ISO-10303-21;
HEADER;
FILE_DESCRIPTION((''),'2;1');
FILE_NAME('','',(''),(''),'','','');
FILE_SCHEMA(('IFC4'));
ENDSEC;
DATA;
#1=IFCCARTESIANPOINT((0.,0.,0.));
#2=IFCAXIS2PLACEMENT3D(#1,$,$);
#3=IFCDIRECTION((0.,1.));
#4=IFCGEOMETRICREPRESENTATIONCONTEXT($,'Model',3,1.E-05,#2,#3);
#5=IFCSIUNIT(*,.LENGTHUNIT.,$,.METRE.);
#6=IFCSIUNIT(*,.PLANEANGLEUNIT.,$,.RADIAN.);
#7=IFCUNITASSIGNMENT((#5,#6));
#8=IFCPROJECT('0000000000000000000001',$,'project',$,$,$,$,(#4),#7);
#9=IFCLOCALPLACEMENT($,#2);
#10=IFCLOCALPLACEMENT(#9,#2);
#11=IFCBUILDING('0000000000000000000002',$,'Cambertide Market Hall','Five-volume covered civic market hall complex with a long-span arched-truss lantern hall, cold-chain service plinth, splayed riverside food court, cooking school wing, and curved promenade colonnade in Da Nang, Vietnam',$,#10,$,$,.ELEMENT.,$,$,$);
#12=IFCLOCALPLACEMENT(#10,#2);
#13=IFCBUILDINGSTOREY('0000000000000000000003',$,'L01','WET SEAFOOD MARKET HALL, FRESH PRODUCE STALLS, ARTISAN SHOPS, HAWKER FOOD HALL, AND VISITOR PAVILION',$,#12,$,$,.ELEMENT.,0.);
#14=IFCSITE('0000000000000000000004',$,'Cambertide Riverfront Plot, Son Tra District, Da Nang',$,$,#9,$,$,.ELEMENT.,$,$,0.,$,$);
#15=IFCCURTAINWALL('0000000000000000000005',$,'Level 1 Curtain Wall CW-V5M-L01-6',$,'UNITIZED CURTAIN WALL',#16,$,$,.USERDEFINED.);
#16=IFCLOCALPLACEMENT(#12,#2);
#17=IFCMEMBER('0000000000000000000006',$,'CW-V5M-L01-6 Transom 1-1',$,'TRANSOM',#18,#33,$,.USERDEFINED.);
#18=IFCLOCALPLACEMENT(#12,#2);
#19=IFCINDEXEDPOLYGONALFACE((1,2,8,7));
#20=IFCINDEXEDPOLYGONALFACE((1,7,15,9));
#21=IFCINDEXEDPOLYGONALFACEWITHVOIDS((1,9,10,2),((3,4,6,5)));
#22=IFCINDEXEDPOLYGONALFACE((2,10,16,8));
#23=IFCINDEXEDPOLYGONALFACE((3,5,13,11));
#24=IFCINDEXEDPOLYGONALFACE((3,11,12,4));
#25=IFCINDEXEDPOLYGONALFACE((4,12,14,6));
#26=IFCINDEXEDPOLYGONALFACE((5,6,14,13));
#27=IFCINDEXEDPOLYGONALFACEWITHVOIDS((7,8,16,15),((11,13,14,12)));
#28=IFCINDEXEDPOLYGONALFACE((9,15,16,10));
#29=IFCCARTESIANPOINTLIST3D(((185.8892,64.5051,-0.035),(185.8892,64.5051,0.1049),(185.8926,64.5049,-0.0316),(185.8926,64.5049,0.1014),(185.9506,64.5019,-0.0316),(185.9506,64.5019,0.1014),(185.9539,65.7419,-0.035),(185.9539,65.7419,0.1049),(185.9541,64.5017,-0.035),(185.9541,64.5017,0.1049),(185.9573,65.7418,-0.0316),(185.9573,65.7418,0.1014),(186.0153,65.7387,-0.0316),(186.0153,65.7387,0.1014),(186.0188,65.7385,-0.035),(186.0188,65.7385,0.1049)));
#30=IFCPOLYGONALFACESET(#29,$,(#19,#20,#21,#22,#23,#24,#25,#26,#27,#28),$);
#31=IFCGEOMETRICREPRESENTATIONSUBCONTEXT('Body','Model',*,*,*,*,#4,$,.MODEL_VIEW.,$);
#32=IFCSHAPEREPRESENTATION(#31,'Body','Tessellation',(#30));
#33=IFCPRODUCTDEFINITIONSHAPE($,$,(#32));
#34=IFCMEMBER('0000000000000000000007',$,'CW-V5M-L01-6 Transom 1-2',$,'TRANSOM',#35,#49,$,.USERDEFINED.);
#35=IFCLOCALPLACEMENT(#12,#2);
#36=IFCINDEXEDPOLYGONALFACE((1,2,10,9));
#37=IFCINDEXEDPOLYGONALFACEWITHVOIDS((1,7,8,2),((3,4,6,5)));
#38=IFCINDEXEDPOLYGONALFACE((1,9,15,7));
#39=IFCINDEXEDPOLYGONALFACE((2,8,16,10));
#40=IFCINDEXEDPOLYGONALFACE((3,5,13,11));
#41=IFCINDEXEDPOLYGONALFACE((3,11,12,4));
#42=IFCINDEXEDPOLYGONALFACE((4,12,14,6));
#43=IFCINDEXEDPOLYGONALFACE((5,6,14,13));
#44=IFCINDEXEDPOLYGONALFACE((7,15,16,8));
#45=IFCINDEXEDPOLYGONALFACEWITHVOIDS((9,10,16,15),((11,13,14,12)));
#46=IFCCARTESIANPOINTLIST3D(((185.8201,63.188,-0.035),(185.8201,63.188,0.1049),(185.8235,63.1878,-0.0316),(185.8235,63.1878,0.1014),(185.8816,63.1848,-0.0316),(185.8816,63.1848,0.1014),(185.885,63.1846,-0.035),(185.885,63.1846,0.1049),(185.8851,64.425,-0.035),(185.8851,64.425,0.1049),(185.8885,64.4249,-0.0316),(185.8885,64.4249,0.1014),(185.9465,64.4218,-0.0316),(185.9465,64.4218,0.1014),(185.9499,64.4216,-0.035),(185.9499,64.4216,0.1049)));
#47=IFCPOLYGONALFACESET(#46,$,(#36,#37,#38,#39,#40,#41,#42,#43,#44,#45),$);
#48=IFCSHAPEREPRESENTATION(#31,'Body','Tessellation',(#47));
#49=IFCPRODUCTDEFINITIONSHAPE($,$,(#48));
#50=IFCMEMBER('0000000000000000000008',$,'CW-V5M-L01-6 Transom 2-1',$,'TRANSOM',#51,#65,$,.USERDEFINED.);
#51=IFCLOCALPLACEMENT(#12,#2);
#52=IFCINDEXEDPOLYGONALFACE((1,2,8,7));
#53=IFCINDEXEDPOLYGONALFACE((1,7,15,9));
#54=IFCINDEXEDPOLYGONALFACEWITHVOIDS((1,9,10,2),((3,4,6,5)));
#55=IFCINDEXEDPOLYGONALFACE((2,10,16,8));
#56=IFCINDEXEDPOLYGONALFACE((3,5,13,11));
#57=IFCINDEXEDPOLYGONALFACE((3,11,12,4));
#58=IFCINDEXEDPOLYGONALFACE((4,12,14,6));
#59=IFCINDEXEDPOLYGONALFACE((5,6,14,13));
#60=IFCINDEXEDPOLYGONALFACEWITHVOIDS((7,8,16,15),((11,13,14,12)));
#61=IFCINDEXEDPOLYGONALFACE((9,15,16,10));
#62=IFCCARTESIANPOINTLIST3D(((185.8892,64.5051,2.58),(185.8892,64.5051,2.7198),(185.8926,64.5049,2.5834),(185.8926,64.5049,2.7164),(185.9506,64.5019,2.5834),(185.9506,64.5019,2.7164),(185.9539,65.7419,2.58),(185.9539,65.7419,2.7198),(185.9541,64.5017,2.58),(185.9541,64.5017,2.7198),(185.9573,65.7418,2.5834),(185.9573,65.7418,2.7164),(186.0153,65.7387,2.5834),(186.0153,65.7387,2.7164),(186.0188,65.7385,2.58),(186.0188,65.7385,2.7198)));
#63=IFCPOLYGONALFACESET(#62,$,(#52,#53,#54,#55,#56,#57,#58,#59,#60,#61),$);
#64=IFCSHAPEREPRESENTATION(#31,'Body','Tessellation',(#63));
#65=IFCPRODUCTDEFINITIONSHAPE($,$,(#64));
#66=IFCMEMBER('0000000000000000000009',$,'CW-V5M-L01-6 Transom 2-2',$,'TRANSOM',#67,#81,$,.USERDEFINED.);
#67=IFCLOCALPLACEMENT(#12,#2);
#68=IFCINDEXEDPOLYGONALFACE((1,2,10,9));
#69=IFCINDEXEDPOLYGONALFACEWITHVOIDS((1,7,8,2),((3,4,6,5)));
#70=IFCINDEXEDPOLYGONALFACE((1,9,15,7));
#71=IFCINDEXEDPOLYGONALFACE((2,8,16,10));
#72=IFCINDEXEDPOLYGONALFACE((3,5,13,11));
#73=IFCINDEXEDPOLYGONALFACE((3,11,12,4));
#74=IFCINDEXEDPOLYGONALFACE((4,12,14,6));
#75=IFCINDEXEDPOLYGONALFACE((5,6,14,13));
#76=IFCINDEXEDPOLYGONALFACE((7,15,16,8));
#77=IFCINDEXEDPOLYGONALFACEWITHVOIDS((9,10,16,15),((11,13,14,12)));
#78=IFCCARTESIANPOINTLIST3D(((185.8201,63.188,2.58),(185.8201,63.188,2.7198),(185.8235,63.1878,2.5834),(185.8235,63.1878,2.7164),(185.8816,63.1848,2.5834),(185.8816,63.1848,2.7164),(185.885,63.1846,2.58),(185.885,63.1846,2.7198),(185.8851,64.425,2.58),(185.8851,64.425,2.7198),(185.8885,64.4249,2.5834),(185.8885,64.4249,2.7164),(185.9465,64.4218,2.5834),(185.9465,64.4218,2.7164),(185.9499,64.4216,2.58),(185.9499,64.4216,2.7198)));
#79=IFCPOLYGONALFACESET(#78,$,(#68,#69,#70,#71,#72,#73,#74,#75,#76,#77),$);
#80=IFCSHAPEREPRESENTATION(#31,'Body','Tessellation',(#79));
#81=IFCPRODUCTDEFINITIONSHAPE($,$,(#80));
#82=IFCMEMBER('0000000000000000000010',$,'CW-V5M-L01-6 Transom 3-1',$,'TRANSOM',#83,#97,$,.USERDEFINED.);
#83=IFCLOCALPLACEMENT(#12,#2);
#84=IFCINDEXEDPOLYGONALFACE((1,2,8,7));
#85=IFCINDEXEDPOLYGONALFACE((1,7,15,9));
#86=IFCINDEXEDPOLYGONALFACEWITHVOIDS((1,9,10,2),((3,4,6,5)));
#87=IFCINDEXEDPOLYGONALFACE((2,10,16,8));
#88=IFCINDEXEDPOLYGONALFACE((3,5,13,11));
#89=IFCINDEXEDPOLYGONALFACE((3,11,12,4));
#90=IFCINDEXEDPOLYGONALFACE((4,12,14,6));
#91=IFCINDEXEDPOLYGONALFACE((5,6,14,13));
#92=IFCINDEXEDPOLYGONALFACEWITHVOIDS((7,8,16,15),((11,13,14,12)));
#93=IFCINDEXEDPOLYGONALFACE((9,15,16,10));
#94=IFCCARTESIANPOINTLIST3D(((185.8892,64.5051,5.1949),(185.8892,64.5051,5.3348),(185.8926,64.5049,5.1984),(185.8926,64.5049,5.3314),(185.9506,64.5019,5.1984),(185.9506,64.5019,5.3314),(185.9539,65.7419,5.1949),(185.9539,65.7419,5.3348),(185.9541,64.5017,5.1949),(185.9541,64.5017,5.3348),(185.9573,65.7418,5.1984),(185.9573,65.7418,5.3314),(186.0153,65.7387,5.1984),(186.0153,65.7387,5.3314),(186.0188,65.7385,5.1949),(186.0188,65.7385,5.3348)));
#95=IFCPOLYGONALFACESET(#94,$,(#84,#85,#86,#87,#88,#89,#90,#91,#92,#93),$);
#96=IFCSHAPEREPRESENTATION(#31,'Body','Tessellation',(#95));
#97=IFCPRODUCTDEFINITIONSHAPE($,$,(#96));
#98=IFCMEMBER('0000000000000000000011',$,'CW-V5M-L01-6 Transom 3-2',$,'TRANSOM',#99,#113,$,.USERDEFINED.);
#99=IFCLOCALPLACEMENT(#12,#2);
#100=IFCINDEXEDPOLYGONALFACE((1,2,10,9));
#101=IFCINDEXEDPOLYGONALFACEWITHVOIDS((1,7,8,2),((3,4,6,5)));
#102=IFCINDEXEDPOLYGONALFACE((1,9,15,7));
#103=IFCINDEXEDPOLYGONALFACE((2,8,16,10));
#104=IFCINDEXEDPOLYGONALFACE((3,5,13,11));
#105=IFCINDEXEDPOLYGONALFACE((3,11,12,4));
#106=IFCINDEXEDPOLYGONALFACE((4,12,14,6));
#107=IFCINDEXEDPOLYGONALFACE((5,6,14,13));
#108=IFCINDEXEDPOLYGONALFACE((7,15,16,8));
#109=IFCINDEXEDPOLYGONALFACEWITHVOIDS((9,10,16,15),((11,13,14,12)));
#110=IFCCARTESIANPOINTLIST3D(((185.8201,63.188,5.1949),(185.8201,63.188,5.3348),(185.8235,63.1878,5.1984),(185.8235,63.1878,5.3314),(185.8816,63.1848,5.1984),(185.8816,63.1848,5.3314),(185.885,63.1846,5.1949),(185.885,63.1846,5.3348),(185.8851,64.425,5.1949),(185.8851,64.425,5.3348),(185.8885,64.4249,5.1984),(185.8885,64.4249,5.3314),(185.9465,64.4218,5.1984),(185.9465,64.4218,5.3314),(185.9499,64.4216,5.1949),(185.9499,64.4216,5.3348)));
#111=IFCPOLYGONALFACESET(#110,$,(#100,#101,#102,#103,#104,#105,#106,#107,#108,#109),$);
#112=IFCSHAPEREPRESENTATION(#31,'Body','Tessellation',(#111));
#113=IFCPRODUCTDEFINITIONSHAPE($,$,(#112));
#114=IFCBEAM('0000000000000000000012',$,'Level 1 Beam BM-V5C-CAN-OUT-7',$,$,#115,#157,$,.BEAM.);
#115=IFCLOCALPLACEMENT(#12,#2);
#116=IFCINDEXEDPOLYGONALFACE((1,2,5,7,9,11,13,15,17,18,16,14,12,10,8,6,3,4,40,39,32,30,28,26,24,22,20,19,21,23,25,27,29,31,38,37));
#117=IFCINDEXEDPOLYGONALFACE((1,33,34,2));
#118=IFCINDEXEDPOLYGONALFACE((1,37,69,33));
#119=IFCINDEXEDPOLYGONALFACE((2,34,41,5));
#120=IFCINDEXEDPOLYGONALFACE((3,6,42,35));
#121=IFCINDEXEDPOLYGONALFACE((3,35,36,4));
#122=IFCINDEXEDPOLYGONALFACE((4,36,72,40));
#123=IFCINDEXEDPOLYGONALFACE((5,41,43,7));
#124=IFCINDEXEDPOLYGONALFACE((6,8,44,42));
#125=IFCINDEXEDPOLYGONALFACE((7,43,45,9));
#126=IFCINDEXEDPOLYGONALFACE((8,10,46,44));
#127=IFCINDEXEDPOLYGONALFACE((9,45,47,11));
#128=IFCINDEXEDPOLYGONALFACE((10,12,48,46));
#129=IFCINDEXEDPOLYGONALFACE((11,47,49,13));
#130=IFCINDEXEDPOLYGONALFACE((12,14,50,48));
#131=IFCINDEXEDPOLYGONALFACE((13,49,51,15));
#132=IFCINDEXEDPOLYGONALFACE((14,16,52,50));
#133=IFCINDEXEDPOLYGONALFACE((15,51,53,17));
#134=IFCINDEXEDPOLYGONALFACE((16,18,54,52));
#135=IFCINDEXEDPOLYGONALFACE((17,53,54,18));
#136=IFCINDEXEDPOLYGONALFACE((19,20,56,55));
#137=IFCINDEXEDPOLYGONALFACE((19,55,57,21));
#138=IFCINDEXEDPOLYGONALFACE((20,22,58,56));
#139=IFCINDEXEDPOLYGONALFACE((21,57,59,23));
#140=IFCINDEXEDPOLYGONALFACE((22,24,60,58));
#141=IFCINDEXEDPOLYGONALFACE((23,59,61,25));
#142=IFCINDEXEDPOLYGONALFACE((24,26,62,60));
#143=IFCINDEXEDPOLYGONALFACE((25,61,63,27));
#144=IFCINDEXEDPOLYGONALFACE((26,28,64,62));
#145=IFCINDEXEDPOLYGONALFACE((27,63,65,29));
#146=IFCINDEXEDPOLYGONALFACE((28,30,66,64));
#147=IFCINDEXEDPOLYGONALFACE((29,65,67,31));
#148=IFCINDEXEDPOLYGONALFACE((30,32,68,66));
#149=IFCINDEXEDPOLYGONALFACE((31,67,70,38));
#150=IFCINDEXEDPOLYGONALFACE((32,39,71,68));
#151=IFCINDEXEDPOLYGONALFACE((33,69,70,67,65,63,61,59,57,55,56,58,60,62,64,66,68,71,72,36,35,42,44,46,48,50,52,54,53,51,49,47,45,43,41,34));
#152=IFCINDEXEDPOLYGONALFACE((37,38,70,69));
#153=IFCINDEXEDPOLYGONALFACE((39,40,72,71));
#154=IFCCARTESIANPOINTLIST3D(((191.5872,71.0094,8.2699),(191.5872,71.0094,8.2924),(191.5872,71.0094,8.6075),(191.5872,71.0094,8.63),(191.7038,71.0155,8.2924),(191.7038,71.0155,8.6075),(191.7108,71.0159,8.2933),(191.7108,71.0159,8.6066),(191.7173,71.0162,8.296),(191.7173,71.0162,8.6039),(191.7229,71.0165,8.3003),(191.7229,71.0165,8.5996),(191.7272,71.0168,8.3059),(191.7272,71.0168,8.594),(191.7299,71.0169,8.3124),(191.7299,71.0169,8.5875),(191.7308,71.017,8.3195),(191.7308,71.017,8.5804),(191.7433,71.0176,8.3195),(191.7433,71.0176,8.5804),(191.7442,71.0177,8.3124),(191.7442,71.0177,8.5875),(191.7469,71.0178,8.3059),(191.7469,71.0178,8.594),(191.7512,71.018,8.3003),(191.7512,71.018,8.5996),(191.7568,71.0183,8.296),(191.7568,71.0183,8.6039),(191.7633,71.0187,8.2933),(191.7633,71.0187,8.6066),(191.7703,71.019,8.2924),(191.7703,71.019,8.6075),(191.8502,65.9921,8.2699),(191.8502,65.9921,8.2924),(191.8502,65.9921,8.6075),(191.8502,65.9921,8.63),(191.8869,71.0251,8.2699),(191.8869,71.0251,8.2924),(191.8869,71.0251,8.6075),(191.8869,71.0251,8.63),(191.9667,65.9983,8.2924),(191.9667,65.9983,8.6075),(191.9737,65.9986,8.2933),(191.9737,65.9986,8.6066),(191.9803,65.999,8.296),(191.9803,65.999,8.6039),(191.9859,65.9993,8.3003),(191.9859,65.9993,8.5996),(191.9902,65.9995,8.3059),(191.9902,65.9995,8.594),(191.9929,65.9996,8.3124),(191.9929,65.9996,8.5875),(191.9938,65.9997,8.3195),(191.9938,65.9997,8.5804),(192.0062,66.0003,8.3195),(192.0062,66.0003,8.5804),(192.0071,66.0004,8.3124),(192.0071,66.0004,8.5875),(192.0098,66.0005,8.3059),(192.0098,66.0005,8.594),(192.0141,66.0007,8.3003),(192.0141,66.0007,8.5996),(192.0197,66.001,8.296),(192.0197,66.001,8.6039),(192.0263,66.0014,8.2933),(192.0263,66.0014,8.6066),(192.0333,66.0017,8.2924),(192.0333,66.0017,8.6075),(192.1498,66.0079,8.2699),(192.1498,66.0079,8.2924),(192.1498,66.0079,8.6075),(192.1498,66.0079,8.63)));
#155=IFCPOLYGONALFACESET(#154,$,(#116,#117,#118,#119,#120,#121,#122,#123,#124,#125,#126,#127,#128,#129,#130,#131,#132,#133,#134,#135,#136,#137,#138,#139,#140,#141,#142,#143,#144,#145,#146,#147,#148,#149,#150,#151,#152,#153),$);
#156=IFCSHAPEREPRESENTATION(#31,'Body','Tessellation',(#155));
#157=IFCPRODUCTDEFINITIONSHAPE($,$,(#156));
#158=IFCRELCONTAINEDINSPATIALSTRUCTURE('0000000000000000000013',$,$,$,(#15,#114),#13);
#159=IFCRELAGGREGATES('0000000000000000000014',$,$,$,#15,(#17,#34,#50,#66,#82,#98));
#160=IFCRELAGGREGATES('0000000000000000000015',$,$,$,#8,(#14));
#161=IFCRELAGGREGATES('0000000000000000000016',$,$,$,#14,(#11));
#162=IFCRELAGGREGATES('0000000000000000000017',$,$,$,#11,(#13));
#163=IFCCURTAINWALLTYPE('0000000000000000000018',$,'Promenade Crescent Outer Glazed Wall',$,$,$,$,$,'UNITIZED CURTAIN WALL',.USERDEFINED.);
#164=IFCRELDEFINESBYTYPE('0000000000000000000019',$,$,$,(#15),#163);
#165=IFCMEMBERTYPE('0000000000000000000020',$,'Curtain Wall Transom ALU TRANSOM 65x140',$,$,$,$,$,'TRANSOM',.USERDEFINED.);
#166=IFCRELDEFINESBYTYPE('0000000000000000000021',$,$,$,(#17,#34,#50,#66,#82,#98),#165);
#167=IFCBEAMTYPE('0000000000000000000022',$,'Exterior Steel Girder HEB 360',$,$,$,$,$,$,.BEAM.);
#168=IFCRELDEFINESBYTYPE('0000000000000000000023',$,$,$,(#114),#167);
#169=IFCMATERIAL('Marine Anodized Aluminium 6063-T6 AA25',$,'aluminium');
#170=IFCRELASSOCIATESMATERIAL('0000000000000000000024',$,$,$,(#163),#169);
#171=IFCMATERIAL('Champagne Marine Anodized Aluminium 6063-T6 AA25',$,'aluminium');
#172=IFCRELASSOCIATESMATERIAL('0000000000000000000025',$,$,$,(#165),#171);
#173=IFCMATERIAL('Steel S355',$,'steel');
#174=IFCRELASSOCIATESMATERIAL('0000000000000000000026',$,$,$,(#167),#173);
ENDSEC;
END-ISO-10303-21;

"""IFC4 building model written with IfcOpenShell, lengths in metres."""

from ifc_helpers import new_model, si_unit, direction, frame, origin, origin_2d, place, context, subcontext, project, spatial, hollow_rectangle, i_section, extrude, material, material_profile, profile_set, type_object, element, aggregate, save


model = new_model("IFC4")

# Units and contexts
model_context = context("Model", 3, precision=1e-05, world=origin(), true_north=direction((0.0, 1.0)))
body_context = subcontext(model_context, "Body", "Model", "MODEL_VIEW")
ifc_project = project(units=[si_unit("LENGTHUNIT", "METRE"), si_unit("PLANEANGLEUNIT", "RADIAN")], contexts=[model_context])

# Site, building, storey
site_placement = place(None, origin())
site = spatial("IfcSite", under=ifc_project, at=site_placement, Name="Cambertide Riverfront Plot, Son Tra District, Da Nang", CompositionType="ELEMENT", RefElevation=0.0)
building_placement = place(site_placement, origin())
building = spatial("IfcBuilding", under=site, at=building_placement, Name="Cambertide Market Hall", Description="Five-volume covered civic market hall complex with a long-span arched-truss lantern hall, cold-chain service plinth, splayed riverside food court, cooking school wing, and curved promenade colonnade in Da Nang, Vietnam", CompositionType="ELEMENT")
storey_placement = place(building_placement, origin())
storey = spatial("IfcBuildingStorey", under=building, at=storey_placement, Name="L01", Description="WET SEAFOOD MARKET HALL, FRESH PRODUCE STALLS, ARTISAN SHOPS, HAWKER FOOD HALL, AND VISITOR PAVILION", CompositionType="ELEMENT", Elevation=0.0)

# Curtain wall, members
ifc_material_1 = material(Name="Marine Anodized Aluminium 6063-T6 AA25", Category="aluminium")
curtain_wall_type = type_object("IfcCurtainWallType", Name="Promenade Crescent Outer Glazed Wall", ElementType="UNITIZED CURTAIN WALL", PredefinedType="USERDEFINED", material=ifc_material_1)
curtain_wall_placement = place(storey_placement, origin())
curtain_wall = element("IfcCurtainWall", 1, at=curtain_wall_placement, inside=storey, type_object=curtain_wall_type, Name="Level 1 Curtain Wall CW-V5M-L01-6", ObjectType="UNITIZED CURTAIN WALL", PredefinedType="USERDEFINED")
ifc_material_2 = material(Name="Champagne Marine Anodized Aluminium 6063-T6 AA25", Category="aluminium")
ifc_material_profile_1 = material_profile(ifc_material_2, hollow_rectangle(XDim=0.0649, YDim=0.1399, WallThickness=0.0034, at=origin_2d()), Name="ALU TRANSOM 65x140")
ifc_profile_set_1 = profile_set([ifc_material_profile_1], Name="Champagne Marine Anodized Aluminium 6063-T6 AA25")
member_type_1 = type_object("IfcMemberType", Name="Curtain Wall Transom ALU TRANSOM 65x140", ElementType="TRANSOM", PredefinedType="USERDEFINED", material=ifc_profile_set_1)
member_1_placement = place(storey_placement, frame((185.9863, 65.7402, 0.0349), z_axis=(-0.052238, -0.998635, 0.0), x_axis=(0.998635, -0.052238, 0.0)))
member_1 = element("IfcMember", 2, at=member_1_placement, type_object=member_type_1, Name="CW-V5M-L01-6 Transom 1-1", ObjectType="TRANSOM", PredefinedType="USERDEFINED", context=body_context, shape_type="SweptSolid", body=[
    extrude(hollow_rectangle(XDim=0.0649, YDim=0.1399, WallThickness=0.0034, at=origin_2d()), origin(), (0.0, 0.0, 1.0), 1.2385),
])
member_2_placement = place(storey_placement, frame((185.9175, 64.4233, 0.0349), z_axis=(-0.052424, -0.998625, 0.0), x_axis=(0.998625, -0.052424, 0.0)))
member_2 = element("IfcMember", 3, at=member_2_placement, type_object=member_type_1, Name="CW-V5M-L01-6 Transom 1-2", ObjectType="TRANSOM", PredefinedType="USERDEFINED", context=body_context, shape_type="SweptSolid", body=[
    extrude(hollow_rectangle(XDim=0.0649, YDim=0.1399, WallThickness=0.0034, at=origin_2d()), origin(), (0.0, 0.0, 1.0), 1.2388),
])
member_3_placement = place(storey_placement, frame((185.9863, 65.7402, 2.6499), z_axis=(-0.052238, -0.998635, 0.0), x_axis=(0.998635, -0.052238, 0.0)))
member_3 = element("IfcMember", 4, at=member_3_placement, type_object=member_type_1, Name="CW-V5M-L01-6 Transom 2-1", ObjectType="TRANSOM", PredefinedType="USERDEFINED", context=body_context, shape_type="SweptSolid", body=[
    extrude(hollow_rectangle(XDim=0.0649, YDim=0.1399, WallThickness=0.0034, at=origin_2d()), origin(), (0.0, 0.0, 1.0), 1.2385),
])
member_4_placement = place(storey_placement, frame((185.9175, 64.4233, 2.6499), z_axis=(-0.052424, -0.998625, 0.0), x_axis=(0.998625, -0.052424, 0.0)))
member_4 = element("IfcMember", 5, at=member_4_placement, type_object=member_type_1, Name="CW-V5M-L01-6 Transom 2-2", ObjectType="TRANSOM", PredefinedType="USERDEFINED", context=body_context, shape_type="SweptSolid", body=[
    extrude(hollow_rectangle(XDim=0.0649, YDim=0.1399, WallThickness=0.0034, at=origin_2d()), origin(), (0.0, 0.0, 1.0), 1.2388),
])
member_5_placement = place(storey_placement, frame((185.9863, 65.7402, 5.2649), z_axis=(-0.052238, -0.998635, 0.0), x_axis=(0.998635, -0.052238, 0.0)))
member_5 = element("IfcMember", 6, at=member_5_placement, type_object=member_type_1, Name="CW-V5M-L01-6 Transom 3-1", ObjectType="TRANSOM", PredefinedType="USERDEFINED", context=body_context, shape_type="SweptSolid", body=[
    extrude(hollow_rectangle(XDim=0.0649, YDim=0.1399, WallThickness=0.0034, at=origin_2d()), origin(), (0.0, 0.0, 1.0), 1.2385),
])
member_6_placement = place(storey_placement, frame((185.9175, 64.4233, 5.2649), z_axis=(-0.052424, -0.998625, 0.0), x_axis=(0.998625, -0.052424, 0.0)))
member_6 = element("IfcMember", 7, at=member_6_placement, type_object=member_type_1, Name="CW-V5M-L01-6 Transom 3-2", ObjectType="TRANSOM", PredefinedType="USERDEFINED", context=body_context, shape_type="SweptSolid", body=[
    extrude(hollow_rectangle(XDim=0.0649, YDim=0.1399, WallThickness=0.0034, at=origin_2d()), origin(), (0.0, 0.0, 1.0), 1.2388),
])

# Beam
ifc_material_3 = material(Name="Steel S355", Category="steel")
ifc_material_profile_2 = material_profile(ifc_material_3, i_section(OverallWidth=0.3, OverallDepth=0.3601, WebThickness=0.0125, FlangeThickness=0.0225, FilletRadius=0.0271, at=origin_2d()), Name="HEB 360")
ifc_profile_set_2 = profile_set([ifc_material_profile_2], Name="Steel S355")
beam_type_1 = type_object("IfcBeamType", Name="Exterior Steel Girder HEB 360", PredefinedType="BEAM", material=ifc_profile_set_2)
beam_1_placement = place(storey_placement, frame((192.0, 66.0, 8.45), z_axis=(-0.052334, 0.99863, 0.0), x_axis=(-0.99863, -0.052334, 0.0)))
element("IfcBeam", 8, at=beam_1_placement, inside=storey, type_object=beam_type_1, Name="Level 1 Beam BM-V5C-CAN-OUT-7", PredefinedType="BEAM", context=body_context, shape_type="SweptSolid", body=[
    extrude(i_section(OverallWidth=0.3, OverallDepth=0.3601, WebThickness=0.0125, FlangeThickness=0.0225, FilletRadius=0.0271, at=origin_2d()), origin(), (0.0, 0.0, 1.0), 5.0242),
])

aggregate(curtain_wall, [member_1, member_2, member_3, member_4, member_5, member_6])

save(model, "model.ifc")
